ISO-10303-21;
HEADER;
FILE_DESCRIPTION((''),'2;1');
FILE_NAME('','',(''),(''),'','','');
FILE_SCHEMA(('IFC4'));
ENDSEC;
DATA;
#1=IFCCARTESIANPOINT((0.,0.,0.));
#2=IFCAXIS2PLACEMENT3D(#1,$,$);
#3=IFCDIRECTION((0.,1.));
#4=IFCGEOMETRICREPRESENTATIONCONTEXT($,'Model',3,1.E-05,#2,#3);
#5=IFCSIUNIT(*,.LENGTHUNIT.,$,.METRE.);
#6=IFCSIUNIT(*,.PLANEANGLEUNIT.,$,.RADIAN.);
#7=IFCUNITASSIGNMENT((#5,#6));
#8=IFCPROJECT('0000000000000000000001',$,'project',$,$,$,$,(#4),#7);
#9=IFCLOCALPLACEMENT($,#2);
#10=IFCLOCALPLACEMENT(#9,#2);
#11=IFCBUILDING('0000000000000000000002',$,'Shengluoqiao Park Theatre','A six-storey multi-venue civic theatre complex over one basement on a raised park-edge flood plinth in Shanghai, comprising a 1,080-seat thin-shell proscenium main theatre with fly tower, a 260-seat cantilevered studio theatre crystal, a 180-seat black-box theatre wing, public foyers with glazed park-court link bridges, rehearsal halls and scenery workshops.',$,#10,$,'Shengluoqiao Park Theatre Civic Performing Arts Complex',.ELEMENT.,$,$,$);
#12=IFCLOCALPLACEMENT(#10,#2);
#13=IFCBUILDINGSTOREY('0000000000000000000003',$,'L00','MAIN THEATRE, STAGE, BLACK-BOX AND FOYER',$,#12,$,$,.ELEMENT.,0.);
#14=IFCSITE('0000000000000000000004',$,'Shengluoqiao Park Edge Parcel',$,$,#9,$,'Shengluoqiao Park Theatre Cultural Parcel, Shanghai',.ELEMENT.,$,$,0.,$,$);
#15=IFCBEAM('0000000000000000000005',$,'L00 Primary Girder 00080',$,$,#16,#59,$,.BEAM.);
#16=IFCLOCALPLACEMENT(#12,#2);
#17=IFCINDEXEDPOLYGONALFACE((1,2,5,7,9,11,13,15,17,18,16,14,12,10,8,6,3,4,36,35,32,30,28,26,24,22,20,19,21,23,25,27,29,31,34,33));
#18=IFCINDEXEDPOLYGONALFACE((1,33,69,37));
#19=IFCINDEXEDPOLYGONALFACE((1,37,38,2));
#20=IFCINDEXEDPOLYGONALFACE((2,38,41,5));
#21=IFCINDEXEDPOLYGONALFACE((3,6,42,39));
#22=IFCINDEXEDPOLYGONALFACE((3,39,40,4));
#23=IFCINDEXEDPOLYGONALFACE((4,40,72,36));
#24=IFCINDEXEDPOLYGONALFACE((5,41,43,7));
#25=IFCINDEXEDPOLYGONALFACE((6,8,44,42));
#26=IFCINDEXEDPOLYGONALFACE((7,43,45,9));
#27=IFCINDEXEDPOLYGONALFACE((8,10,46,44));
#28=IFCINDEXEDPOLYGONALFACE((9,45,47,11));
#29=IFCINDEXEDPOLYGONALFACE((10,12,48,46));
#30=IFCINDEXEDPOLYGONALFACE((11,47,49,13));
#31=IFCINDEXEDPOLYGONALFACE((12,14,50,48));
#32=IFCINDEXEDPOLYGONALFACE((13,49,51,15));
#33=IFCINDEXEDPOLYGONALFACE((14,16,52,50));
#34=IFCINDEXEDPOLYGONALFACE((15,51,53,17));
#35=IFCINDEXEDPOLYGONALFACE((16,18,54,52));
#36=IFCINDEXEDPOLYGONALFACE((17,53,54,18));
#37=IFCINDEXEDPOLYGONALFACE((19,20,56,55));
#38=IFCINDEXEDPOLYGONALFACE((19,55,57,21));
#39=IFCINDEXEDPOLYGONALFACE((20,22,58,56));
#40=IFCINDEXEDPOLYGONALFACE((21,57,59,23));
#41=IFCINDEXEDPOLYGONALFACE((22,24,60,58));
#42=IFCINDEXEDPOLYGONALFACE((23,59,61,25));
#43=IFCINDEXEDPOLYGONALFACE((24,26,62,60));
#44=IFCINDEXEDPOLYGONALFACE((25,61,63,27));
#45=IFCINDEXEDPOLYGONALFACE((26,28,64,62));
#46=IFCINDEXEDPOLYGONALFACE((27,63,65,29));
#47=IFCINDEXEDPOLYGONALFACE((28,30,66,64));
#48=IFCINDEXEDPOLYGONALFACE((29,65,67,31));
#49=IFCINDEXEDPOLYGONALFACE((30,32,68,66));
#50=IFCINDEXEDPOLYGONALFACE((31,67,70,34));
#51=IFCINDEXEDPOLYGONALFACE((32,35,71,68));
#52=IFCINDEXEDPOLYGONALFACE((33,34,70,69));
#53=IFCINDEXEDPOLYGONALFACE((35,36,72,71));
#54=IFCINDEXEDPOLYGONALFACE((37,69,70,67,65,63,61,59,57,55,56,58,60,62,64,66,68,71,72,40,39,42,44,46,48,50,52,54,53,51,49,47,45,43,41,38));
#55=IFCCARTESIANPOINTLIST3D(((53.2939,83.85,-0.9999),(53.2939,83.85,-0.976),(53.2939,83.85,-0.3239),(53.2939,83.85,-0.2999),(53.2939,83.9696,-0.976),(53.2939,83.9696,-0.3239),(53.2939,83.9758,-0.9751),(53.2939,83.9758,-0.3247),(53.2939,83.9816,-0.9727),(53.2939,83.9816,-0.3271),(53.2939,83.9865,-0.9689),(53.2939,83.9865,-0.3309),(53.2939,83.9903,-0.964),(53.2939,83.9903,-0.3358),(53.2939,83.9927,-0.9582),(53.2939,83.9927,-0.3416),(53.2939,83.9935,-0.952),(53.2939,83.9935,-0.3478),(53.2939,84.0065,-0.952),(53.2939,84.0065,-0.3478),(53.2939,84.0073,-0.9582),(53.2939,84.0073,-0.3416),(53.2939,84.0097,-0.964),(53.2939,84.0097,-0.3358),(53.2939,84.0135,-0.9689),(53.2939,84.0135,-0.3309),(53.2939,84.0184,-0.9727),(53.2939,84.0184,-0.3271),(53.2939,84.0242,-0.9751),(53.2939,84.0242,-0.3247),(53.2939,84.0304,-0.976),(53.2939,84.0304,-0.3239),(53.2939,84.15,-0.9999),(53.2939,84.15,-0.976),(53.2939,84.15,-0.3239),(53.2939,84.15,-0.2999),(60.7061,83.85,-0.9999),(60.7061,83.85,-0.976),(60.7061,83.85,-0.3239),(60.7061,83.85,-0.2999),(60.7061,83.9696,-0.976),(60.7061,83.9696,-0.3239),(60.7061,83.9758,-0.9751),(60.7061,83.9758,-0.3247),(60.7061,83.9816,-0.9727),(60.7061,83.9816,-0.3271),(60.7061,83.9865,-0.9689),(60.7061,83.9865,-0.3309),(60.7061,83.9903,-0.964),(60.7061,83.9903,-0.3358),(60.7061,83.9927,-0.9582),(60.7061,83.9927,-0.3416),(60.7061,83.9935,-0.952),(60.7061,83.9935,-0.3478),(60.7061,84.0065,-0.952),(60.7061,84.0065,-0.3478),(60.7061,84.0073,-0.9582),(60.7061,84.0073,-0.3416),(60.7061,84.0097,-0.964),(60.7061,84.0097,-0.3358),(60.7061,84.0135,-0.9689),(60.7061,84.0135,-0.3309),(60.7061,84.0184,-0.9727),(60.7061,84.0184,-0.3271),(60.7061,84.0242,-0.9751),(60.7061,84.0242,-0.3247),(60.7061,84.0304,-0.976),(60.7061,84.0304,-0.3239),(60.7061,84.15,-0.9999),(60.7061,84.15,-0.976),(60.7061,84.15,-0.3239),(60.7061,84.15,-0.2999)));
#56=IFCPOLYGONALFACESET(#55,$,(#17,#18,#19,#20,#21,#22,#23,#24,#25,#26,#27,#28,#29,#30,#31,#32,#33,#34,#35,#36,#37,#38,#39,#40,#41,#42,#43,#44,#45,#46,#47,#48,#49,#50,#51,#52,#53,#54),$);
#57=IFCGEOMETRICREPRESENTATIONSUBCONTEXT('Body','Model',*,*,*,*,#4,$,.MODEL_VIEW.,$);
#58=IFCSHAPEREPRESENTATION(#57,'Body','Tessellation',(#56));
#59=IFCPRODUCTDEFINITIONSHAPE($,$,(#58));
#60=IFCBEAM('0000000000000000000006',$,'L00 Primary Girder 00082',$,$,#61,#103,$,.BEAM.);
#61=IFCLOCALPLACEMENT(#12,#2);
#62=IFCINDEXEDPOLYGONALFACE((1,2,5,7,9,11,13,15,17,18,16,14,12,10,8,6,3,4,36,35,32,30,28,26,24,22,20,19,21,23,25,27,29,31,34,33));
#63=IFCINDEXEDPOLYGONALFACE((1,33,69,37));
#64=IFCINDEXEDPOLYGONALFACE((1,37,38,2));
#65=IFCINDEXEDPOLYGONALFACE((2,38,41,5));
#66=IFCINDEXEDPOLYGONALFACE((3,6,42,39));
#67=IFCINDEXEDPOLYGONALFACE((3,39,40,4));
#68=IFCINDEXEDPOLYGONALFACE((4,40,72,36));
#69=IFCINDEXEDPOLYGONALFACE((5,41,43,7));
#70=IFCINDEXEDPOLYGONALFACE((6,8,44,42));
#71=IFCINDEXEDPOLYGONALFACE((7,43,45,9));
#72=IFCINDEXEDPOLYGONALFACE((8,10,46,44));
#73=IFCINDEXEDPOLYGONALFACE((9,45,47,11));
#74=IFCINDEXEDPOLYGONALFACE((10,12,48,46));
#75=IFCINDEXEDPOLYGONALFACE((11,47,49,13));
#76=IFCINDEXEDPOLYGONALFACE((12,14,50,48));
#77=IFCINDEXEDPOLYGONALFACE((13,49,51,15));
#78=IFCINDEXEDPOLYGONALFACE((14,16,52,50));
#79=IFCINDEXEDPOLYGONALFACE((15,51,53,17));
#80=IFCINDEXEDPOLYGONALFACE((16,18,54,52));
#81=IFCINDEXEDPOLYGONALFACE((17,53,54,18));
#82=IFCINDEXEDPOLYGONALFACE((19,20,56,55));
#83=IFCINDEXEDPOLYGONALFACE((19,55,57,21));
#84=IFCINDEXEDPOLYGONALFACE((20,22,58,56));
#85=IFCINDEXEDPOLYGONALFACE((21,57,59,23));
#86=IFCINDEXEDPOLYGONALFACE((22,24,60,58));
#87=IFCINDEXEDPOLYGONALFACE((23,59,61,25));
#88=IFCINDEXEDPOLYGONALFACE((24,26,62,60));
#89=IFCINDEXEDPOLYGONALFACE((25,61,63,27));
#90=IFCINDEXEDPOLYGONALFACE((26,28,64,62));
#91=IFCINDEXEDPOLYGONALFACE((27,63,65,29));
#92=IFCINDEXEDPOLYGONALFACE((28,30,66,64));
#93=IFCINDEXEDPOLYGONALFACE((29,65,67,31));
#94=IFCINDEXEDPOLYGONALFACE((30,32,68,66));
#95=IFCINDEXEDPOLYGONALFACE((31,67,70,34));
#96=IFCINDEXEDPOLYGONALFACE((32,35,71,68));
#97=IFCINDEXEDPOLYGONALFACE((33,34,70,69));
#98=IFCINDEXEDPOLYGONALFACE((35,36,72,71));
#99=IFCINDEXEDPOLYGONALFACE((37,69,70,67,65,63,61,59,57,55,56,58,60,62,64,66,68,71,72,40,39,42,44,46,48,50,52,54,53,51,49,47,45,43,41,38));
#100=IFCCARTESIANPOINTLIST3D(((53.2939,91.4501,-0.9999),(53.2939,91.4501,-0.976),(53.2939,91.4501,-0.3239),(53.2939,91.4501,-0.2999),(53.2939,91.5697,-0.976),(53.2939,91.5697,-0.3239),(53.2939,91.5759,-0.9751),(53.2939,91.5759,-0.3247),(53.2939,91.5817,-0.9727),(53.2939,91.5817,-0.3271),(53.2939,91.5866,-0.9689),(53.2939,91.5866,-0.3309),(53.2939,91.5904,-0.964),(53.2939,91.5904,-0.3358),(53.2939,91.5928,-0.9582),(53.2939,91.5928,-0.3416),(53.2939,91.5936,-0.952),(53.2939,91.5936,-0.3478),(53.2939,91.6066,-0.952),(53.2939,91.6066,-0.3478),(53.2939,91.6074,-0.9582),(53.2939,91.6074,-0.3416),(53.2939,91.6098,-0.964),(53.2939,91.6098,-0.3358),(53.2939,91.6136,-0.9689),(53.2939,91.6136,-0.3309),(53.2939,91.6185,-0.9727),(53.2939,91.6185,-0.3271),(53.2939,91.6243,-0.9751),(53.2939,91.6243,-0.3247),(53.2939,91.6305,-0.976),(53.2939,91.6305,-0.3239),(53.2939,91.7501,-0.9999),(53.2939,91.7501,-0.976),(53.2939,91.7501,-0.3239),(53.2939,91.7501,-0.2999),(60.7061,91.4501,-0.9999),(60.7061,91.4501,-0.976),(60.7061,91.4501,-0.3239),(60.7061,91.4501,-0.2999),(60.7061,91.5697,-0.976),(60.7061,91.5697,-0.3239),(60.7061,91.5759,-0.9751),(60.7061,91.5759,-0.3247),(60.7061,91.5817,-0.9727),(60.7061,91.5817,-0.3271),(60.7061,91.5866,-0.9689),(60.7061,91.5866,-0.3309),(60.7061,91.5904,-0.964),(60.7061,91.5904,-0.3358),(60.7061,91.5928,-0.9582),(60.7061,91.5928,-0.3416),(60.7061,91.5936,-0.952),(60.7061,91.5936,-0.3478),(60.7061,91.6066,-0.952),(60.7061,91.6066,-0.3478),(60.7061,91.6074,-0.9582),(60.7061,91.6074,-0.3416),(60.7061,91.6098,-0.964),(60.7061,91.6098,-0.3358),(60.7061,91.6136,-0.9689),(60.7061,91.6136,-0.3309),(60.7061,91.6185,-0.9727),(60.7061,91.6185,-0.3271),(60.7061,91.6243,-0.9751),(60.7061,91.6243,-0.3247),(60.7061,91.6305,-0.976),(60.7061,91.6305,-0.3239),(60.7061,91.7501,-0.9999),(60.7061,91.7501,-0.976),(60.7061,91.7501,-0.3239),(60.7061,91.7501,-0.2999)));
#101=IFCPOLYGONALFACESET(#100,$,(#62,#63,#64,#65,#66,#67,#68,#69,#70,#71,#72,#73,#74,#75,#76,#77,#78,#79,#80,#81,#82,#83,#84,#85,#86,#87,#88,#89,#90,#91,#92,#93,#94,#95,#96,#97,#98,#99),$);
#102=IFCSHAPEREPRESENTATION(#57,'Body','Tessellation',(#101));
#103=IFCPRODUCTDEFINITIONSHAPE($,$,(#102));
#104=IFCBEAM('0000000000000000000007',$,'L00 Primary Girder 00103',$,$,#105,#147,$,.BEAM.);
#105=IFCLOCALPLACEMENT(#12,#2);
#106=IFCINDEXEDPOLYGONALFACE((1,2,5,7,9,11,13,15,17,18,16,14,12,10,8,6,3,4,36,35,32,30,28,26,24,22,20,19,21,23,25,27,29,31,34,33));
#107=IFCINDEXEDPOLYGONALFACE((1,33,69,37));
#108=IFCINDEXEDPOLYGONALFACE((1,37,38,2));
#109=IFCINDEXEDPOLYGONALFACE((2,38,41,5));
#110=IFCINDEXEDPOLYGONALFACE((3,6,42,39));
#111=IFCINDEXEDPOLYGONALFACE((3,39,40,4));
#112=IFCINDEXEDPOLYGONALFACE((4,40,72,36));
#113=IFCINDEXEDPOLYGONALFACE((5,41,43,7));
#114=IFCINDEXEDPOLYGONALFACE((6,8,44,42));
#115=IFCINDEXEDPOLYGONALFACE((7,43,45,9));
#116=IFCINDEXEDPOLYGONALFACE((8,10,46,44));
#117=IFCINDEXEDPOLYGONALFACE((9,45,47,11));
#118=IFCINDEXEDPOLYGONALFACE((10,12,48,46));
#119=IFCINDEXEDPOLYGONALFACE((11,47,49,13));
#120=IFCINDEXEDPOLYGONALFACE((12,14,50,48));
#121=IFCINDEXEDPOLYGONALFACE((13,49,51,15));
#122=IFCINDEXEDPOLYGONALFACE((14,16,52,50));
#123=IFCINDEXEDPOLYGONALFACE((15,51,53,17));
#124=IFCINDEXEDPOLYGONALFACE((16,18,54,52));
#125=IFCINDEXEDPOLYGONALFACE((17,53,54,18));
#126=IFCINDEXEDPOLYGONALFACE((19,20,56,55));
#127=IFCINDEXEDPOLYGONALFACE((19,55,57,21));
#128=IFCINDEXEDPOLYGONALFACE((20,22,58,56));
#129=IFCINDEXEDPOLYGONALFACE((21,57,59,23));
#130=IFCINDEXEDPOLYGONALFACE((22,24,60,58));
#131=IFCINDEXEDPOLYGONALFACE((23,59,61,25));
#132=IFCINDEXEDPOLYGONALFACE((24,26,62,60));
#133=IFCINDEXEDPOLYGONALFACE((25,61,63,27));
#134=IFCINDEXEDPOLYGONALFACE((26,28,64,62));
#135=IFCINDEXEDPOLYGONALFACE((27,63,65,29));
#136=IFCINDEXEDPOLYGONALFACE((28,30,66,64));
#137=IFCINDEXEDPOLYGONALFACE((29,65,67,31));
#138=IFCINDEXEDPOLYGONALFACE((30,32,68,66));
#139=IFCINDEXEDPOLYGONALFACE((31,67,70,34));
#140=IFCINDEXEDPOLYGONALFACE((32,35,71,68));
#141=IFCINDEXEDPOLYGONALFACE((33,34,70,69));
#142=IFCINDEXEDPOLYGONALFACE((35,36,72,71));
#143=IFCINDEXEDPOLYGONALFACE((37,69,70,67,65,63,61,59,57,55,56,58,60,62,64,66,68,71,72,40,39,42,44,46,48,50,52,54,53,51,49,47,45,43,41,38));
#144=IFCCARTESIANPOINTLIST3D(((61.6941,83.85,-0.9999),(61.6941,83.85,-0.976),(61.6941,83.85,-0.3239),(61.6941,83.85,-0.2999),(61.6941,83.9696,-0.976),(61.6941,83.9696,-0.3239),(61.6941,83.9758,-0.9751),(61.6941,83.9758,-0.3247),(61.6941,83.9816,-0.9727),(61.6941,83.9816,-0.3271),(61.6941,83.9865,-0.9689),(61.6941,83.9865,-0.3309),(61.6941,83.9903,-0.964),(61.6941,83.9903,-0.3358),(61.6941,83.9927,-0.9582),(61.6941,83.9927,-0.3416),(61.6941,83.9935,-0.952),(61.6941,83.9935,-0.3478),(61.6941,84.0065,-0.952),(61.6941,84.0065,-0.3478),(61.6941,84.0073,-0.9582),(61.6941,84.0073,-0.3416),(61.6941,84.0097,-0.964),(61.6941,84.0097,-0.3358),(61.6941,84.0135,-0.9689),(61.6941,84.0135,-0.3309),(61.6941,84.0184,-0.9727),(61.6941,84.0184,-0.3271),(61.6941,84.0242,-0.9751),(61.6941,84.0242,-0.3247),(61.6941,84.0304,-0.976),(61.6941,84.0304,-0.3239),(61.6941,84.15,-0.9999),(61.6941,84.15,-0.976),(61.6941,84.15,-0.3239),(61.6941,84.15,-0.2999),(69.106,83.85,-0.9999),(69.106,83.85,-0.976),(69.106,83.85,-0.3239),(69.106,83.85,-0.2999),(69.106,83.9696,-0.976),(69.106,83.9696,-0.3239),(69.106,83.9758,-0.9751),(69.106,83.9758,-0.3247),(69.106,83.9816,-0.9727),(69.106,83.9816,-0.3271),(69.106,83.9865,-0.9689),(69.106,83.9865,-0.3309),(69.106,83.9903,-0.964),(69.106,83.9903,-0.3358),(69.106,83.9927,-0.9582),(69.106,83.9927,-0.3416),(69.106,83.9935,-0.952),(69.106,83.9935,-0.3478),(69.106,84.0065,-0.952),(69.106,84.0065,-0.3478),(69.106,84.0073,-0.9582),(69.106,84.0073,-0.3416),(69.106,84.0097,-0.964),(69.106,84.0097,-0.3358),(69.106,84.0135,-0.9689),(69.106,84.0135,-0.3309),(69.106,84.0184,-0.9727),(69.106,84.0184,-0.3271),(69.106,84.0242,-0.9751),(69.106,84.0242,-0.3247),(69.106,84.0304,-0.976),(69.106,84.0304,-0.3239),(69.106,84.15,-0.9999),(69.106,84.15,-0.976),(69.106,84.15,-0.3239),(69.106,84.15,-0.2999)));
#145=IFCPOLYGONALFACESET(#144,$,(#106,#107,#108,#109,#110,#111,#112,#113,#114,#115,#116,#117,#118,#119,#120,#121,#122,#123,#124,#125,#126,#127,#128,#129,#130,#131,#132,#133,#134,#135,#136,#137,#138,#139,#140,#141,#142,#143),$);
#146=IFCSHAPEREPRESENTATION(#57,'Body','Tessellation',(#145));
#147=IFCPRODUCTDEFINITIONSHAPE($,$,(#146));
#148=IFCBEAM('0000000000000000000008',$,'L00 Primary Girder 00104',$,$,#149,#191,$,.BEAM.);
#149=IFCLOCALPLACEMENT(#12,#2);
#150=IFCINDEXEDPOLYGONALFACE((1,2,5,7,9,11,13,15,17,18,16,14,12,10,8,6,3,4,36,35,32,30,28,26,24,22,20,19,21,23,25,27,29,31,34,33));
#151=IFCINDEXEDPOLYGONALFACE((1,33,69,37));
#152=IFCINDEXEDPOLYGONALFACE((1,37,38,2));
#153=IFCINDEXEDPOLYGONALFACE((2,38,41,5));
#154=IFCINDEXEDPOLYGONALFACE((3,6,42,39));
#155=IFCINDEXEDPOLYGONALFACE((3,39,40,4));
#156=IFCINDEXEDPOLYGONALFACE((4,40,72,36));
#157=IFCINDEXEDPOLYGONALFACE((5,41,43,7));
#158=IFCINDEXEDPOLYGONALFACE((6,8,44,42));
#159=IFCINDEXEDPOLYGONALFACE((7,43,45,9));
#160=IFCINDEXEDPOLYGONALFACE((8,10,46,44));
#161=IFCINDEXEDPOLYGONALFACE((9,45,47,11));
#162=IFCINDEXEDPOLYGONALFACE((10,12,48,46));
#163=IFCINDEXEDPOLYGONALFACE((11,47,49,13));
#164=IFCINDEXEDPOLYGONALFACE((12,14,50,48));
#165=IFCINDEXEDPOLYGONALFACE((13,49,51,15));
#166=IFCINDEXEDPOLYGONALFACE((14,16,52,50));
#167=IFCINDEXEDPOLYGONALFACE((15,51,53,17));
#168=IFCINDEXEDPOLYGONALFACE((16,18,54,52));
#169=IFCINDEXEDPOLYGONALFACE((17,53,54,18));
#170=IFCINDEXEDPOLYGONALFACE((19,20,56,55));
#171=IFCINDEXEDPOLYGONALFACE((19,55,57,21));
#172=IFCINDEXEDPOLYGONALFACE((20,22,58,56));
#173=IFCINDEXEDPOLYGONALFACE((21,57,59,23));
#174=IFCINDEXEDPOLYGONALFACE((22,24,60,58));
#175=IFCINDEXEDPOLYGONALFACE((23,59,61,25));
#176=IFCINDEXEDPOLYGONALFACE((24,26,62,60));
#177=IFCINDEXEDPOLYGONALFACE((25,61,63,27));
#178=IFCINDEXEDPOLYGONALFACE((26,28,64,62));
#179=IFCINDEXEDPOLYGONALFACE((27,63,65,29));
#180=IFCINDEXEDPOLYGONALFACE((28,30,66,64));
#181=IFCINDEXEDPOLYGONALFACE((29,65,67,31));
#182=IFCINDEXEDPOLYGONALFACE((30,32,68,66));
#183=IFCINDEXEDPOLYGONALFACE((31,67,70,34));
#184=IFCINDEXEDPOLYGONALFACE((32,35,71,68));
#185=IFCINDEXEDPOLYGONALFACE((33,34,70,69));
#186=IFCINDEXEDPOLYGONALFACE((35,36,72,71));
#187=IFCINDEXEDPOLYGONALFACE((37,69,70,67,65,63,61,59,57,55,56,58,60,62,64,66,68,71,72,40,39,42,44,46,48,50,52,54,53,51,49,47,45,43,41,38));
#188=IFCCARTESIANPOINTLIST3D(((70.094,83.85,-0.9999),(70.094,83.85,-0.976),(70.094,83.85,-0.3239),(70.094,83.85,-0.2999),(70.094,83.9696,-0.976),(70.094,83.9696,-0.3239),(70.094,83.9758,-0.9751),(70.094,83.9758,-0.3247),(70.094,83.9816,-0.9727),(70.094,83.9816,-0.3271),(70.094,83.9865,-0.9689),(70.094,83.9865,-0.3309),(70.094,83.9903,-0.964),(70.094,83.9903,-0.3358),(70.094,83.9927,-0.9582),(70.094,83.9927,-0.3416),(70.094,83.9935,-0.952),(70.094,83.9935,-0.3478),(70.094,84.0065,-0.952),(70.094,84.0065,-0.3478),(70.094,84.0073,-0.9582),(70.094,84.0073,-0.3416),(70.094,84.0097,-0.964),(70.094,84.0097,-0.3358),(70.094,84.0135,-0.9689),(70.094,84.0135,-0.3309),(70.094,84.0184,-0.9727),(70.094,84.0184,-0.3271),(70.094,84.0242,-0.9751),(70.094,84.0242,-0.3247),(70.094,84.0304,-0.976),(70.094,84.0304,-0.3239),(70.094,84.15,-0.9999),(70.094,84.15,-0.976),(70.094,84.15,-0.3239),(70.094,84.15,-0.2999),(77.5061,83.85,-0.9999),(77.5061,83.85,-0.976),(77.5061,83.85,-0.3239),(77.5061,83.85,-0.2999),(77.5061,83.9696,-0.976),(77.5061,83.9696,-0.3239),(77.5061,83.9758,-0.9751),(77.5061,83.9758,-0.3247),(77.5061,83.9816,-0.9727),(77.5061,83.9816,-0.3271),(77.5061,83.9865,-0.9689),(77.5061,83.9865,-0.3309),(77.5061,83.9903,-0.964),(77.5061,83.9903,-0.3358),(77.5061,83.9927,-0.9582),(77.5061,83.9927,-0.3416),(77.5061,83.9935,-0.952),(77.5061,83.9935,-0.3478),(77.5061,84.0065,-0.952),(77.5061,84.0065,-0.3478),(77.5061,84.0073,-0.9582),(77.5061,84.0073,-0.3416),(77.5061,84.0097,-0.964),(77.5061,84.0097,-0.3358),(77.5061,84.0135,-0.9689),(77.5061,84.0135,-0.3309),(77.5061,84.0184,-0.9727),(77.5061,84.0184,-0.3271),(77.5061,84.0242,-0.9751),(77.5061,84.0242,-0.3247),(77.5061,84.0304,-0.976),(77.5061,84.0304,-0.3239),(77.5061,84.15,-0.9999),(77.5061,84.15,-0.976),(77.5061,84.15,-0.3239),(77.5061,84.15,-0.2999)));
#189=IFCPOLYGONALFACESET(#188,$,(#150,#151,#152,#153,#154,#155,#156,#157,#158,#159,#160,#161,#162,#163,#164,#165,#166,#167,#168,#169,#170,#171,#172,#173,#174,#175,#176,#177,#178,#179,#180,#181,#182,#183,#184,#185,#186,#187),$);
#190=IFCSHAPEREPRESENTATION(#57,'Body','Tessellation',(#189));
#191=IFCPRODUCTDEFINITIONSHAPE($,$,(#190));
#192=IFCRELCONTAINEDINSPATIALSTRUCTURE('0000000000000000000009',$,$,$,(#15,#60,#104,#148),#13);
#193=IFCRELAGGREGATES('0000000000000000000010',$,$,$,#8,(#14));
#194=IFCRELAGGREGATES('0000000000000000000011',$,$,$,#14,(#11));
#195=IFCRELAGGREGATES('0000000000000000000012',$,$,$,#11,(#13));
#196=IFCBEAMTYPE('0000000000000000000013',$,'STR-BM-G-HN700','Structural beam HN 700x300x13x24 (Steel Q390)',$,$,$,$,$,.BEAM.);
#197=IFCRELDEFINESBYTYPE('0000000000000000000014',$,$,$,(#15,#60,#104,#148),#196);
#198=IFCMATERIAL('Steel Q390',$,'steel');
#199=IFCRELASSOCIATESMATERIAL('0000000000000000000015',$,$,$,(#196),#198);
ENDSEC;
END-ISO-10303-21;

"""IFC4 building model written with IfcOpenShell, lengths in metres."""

from ifc_helpers import new_model, si_unit, direction, frame, origin, origin_2d, place, context, subcontext, project, spatial, i_section, extrude, material, material_profile, profile_set, type_object, element, save


model = new_model("IFC4")

# Units and contexts
model_context = context("Model", 3, precision=1e-05, world=origin(), true_north=direction((0.0, 1.0)))
body_context = subcontext(model_context, "Body", "Model", "MODEL_VIEW")
ifc_project = project(units=[si_unit("LENGTHUNIT", "METRE"), si_unit("PLANEANGLEUNIT", "RADIAN")], contexts=[model_context])

# Site, building, storey
site_placement = place(None, origin())
site = spatial("IfcSite", under=ifc_project, at=site_placement, Name="Shengluoqiao Park Edge Parcel", LongName="Shengluoqiao Park Theatre Cultural Parcel, Shanghai", CompositionType="ELEMENT", RefElevation=0.0)
building_placement = place(site_placement, origin())
building = spatial("IfcBuilding", under=site, at=building_placement, Name="Shengluoqiao Park Theatre", Description="A six-storey multi-venue civic theatre complex over one basement on a raised park-edge flood plinth in Shanghai, comprising a 1,080-seat thin-shell proscenium main theatre with fly tower, a 260-seat cantilevered studio theatre crystal, a 180-seat black-box theatre wing, public foyers with glazed park-court link bridges, rehearsal halls and scenery workshops.", LongName="Shengluoqiao Park Theatre Civic Performing Arts Complex", CompositionType="ELEMENT")
storey_placement = place(building_placement, origin())
storey = spatial("IfcBuildingStorey", under=building, at=storey_placement, Name="L00", Description="MAIN THEATRE, STAGE, BLACK-BOX AND FOYER", CompositionType="ELEMENT", Elevation=0.0)

# Beams
ifc_material_1 = material(Name="Steel Q390", Category="steel")
ifc_material_profile_1 = material_profile(ifc_material_1, i_section(OverallWidth=0.3, OverallDepth=0.7, WebThickness=0.0129, FlangeThickness=0.0239, FilletRadius=0.0239, at=origin_2d()), Name="HN 700x300x13x24")
ifc_profile_set_1 = profile_set([ifc_material_profile_1], Name="Steel Q390")
beam_type_1 = type_object("IfcBeamType", Name="STR-BM-G-HN700", Description="Structural beam HN 700x300x13x24 (Steel Q390)", PredefinedType="BEAM", material=ifc_profile_set_1)
for number, where, z_axis, x_axis, name in (
    (1, (53.2939, 84.0, -0.6499), (1.0, 0.0, 0.0), (0.0, 1.0, 0.0), "L00 Primary Girder 00080"),
    (2, (53.2939, 91.6001, -0.6499), (1.0, 0.0, 0.0), (0.0, 1.0, 0.0), "L00 Primary Girder 00082"),
):
    element("IfcBeam", number, at=place(storey_placement, frame(where, z_axis=z_axis, x_axis=x_axis)), inside=storey, type_object=beam_type_1, Name=name, PredefinedType="BEAM", context=body_context, shape_type="SweptSolid", body=[
        extrude(i_section(OverallWidth=0.3, OverallDepth=0.7, WebThickness=0.0129, FlangeThickness=0.0239, FilletRadius=0.0239, at=origin_2d()), origin(), (0.0, 0.0, 1.0), 7.4121),
    ])
beam_1_placement = place(storey_placement, frame((61.6941, 84.0, -0.6499), z_axis=(1.0, 0.0, 0.0), x_axis=(0.0, 1.0, 0.0)))
element("IfcBeam", 3, at=beam_1_placement, inside=storey, type_object=beam_type_1, Name="L00 Primary Girder 00103", PredefinedType="BEAM", context=body_context, shape_type="SweptSolid", body=[
    extrude(i_section(OverallWidth=0.3, OverallDepth=0.7, WebThickness=0.0129, FlangeThickness=0.0239, FilletRadius=0.0239, at=origin_2d()), origin(), (0.0, 0.0, 1.0), 7.4119),
])
beam_2_placement = place(storey_placement, frame((70.094, 84.0, -0.6499), z_axis=(1.0, 0.0, 0.0), x_axis=(0.0, 1.0, 0.0)))
element("IfcBeam", 4, at=beam_2_placement, inside=storey, type_object=beam_type_1, Name="L00 Primary Girder 00104", PredefinedType="BEAM", context=body_context, shape_type="SweptSolid", body=[
    extrude(i_section(OverallWidth=0.3, OverallDepth=0.7, WebThickness=0.0129, FlangeThickness=0.0239, FilletRadius=0.0239, at=origin_2d()), origin(), (0.0, 0.0, 1.0), 7.4121),
])

save(model, "model.ifc")
